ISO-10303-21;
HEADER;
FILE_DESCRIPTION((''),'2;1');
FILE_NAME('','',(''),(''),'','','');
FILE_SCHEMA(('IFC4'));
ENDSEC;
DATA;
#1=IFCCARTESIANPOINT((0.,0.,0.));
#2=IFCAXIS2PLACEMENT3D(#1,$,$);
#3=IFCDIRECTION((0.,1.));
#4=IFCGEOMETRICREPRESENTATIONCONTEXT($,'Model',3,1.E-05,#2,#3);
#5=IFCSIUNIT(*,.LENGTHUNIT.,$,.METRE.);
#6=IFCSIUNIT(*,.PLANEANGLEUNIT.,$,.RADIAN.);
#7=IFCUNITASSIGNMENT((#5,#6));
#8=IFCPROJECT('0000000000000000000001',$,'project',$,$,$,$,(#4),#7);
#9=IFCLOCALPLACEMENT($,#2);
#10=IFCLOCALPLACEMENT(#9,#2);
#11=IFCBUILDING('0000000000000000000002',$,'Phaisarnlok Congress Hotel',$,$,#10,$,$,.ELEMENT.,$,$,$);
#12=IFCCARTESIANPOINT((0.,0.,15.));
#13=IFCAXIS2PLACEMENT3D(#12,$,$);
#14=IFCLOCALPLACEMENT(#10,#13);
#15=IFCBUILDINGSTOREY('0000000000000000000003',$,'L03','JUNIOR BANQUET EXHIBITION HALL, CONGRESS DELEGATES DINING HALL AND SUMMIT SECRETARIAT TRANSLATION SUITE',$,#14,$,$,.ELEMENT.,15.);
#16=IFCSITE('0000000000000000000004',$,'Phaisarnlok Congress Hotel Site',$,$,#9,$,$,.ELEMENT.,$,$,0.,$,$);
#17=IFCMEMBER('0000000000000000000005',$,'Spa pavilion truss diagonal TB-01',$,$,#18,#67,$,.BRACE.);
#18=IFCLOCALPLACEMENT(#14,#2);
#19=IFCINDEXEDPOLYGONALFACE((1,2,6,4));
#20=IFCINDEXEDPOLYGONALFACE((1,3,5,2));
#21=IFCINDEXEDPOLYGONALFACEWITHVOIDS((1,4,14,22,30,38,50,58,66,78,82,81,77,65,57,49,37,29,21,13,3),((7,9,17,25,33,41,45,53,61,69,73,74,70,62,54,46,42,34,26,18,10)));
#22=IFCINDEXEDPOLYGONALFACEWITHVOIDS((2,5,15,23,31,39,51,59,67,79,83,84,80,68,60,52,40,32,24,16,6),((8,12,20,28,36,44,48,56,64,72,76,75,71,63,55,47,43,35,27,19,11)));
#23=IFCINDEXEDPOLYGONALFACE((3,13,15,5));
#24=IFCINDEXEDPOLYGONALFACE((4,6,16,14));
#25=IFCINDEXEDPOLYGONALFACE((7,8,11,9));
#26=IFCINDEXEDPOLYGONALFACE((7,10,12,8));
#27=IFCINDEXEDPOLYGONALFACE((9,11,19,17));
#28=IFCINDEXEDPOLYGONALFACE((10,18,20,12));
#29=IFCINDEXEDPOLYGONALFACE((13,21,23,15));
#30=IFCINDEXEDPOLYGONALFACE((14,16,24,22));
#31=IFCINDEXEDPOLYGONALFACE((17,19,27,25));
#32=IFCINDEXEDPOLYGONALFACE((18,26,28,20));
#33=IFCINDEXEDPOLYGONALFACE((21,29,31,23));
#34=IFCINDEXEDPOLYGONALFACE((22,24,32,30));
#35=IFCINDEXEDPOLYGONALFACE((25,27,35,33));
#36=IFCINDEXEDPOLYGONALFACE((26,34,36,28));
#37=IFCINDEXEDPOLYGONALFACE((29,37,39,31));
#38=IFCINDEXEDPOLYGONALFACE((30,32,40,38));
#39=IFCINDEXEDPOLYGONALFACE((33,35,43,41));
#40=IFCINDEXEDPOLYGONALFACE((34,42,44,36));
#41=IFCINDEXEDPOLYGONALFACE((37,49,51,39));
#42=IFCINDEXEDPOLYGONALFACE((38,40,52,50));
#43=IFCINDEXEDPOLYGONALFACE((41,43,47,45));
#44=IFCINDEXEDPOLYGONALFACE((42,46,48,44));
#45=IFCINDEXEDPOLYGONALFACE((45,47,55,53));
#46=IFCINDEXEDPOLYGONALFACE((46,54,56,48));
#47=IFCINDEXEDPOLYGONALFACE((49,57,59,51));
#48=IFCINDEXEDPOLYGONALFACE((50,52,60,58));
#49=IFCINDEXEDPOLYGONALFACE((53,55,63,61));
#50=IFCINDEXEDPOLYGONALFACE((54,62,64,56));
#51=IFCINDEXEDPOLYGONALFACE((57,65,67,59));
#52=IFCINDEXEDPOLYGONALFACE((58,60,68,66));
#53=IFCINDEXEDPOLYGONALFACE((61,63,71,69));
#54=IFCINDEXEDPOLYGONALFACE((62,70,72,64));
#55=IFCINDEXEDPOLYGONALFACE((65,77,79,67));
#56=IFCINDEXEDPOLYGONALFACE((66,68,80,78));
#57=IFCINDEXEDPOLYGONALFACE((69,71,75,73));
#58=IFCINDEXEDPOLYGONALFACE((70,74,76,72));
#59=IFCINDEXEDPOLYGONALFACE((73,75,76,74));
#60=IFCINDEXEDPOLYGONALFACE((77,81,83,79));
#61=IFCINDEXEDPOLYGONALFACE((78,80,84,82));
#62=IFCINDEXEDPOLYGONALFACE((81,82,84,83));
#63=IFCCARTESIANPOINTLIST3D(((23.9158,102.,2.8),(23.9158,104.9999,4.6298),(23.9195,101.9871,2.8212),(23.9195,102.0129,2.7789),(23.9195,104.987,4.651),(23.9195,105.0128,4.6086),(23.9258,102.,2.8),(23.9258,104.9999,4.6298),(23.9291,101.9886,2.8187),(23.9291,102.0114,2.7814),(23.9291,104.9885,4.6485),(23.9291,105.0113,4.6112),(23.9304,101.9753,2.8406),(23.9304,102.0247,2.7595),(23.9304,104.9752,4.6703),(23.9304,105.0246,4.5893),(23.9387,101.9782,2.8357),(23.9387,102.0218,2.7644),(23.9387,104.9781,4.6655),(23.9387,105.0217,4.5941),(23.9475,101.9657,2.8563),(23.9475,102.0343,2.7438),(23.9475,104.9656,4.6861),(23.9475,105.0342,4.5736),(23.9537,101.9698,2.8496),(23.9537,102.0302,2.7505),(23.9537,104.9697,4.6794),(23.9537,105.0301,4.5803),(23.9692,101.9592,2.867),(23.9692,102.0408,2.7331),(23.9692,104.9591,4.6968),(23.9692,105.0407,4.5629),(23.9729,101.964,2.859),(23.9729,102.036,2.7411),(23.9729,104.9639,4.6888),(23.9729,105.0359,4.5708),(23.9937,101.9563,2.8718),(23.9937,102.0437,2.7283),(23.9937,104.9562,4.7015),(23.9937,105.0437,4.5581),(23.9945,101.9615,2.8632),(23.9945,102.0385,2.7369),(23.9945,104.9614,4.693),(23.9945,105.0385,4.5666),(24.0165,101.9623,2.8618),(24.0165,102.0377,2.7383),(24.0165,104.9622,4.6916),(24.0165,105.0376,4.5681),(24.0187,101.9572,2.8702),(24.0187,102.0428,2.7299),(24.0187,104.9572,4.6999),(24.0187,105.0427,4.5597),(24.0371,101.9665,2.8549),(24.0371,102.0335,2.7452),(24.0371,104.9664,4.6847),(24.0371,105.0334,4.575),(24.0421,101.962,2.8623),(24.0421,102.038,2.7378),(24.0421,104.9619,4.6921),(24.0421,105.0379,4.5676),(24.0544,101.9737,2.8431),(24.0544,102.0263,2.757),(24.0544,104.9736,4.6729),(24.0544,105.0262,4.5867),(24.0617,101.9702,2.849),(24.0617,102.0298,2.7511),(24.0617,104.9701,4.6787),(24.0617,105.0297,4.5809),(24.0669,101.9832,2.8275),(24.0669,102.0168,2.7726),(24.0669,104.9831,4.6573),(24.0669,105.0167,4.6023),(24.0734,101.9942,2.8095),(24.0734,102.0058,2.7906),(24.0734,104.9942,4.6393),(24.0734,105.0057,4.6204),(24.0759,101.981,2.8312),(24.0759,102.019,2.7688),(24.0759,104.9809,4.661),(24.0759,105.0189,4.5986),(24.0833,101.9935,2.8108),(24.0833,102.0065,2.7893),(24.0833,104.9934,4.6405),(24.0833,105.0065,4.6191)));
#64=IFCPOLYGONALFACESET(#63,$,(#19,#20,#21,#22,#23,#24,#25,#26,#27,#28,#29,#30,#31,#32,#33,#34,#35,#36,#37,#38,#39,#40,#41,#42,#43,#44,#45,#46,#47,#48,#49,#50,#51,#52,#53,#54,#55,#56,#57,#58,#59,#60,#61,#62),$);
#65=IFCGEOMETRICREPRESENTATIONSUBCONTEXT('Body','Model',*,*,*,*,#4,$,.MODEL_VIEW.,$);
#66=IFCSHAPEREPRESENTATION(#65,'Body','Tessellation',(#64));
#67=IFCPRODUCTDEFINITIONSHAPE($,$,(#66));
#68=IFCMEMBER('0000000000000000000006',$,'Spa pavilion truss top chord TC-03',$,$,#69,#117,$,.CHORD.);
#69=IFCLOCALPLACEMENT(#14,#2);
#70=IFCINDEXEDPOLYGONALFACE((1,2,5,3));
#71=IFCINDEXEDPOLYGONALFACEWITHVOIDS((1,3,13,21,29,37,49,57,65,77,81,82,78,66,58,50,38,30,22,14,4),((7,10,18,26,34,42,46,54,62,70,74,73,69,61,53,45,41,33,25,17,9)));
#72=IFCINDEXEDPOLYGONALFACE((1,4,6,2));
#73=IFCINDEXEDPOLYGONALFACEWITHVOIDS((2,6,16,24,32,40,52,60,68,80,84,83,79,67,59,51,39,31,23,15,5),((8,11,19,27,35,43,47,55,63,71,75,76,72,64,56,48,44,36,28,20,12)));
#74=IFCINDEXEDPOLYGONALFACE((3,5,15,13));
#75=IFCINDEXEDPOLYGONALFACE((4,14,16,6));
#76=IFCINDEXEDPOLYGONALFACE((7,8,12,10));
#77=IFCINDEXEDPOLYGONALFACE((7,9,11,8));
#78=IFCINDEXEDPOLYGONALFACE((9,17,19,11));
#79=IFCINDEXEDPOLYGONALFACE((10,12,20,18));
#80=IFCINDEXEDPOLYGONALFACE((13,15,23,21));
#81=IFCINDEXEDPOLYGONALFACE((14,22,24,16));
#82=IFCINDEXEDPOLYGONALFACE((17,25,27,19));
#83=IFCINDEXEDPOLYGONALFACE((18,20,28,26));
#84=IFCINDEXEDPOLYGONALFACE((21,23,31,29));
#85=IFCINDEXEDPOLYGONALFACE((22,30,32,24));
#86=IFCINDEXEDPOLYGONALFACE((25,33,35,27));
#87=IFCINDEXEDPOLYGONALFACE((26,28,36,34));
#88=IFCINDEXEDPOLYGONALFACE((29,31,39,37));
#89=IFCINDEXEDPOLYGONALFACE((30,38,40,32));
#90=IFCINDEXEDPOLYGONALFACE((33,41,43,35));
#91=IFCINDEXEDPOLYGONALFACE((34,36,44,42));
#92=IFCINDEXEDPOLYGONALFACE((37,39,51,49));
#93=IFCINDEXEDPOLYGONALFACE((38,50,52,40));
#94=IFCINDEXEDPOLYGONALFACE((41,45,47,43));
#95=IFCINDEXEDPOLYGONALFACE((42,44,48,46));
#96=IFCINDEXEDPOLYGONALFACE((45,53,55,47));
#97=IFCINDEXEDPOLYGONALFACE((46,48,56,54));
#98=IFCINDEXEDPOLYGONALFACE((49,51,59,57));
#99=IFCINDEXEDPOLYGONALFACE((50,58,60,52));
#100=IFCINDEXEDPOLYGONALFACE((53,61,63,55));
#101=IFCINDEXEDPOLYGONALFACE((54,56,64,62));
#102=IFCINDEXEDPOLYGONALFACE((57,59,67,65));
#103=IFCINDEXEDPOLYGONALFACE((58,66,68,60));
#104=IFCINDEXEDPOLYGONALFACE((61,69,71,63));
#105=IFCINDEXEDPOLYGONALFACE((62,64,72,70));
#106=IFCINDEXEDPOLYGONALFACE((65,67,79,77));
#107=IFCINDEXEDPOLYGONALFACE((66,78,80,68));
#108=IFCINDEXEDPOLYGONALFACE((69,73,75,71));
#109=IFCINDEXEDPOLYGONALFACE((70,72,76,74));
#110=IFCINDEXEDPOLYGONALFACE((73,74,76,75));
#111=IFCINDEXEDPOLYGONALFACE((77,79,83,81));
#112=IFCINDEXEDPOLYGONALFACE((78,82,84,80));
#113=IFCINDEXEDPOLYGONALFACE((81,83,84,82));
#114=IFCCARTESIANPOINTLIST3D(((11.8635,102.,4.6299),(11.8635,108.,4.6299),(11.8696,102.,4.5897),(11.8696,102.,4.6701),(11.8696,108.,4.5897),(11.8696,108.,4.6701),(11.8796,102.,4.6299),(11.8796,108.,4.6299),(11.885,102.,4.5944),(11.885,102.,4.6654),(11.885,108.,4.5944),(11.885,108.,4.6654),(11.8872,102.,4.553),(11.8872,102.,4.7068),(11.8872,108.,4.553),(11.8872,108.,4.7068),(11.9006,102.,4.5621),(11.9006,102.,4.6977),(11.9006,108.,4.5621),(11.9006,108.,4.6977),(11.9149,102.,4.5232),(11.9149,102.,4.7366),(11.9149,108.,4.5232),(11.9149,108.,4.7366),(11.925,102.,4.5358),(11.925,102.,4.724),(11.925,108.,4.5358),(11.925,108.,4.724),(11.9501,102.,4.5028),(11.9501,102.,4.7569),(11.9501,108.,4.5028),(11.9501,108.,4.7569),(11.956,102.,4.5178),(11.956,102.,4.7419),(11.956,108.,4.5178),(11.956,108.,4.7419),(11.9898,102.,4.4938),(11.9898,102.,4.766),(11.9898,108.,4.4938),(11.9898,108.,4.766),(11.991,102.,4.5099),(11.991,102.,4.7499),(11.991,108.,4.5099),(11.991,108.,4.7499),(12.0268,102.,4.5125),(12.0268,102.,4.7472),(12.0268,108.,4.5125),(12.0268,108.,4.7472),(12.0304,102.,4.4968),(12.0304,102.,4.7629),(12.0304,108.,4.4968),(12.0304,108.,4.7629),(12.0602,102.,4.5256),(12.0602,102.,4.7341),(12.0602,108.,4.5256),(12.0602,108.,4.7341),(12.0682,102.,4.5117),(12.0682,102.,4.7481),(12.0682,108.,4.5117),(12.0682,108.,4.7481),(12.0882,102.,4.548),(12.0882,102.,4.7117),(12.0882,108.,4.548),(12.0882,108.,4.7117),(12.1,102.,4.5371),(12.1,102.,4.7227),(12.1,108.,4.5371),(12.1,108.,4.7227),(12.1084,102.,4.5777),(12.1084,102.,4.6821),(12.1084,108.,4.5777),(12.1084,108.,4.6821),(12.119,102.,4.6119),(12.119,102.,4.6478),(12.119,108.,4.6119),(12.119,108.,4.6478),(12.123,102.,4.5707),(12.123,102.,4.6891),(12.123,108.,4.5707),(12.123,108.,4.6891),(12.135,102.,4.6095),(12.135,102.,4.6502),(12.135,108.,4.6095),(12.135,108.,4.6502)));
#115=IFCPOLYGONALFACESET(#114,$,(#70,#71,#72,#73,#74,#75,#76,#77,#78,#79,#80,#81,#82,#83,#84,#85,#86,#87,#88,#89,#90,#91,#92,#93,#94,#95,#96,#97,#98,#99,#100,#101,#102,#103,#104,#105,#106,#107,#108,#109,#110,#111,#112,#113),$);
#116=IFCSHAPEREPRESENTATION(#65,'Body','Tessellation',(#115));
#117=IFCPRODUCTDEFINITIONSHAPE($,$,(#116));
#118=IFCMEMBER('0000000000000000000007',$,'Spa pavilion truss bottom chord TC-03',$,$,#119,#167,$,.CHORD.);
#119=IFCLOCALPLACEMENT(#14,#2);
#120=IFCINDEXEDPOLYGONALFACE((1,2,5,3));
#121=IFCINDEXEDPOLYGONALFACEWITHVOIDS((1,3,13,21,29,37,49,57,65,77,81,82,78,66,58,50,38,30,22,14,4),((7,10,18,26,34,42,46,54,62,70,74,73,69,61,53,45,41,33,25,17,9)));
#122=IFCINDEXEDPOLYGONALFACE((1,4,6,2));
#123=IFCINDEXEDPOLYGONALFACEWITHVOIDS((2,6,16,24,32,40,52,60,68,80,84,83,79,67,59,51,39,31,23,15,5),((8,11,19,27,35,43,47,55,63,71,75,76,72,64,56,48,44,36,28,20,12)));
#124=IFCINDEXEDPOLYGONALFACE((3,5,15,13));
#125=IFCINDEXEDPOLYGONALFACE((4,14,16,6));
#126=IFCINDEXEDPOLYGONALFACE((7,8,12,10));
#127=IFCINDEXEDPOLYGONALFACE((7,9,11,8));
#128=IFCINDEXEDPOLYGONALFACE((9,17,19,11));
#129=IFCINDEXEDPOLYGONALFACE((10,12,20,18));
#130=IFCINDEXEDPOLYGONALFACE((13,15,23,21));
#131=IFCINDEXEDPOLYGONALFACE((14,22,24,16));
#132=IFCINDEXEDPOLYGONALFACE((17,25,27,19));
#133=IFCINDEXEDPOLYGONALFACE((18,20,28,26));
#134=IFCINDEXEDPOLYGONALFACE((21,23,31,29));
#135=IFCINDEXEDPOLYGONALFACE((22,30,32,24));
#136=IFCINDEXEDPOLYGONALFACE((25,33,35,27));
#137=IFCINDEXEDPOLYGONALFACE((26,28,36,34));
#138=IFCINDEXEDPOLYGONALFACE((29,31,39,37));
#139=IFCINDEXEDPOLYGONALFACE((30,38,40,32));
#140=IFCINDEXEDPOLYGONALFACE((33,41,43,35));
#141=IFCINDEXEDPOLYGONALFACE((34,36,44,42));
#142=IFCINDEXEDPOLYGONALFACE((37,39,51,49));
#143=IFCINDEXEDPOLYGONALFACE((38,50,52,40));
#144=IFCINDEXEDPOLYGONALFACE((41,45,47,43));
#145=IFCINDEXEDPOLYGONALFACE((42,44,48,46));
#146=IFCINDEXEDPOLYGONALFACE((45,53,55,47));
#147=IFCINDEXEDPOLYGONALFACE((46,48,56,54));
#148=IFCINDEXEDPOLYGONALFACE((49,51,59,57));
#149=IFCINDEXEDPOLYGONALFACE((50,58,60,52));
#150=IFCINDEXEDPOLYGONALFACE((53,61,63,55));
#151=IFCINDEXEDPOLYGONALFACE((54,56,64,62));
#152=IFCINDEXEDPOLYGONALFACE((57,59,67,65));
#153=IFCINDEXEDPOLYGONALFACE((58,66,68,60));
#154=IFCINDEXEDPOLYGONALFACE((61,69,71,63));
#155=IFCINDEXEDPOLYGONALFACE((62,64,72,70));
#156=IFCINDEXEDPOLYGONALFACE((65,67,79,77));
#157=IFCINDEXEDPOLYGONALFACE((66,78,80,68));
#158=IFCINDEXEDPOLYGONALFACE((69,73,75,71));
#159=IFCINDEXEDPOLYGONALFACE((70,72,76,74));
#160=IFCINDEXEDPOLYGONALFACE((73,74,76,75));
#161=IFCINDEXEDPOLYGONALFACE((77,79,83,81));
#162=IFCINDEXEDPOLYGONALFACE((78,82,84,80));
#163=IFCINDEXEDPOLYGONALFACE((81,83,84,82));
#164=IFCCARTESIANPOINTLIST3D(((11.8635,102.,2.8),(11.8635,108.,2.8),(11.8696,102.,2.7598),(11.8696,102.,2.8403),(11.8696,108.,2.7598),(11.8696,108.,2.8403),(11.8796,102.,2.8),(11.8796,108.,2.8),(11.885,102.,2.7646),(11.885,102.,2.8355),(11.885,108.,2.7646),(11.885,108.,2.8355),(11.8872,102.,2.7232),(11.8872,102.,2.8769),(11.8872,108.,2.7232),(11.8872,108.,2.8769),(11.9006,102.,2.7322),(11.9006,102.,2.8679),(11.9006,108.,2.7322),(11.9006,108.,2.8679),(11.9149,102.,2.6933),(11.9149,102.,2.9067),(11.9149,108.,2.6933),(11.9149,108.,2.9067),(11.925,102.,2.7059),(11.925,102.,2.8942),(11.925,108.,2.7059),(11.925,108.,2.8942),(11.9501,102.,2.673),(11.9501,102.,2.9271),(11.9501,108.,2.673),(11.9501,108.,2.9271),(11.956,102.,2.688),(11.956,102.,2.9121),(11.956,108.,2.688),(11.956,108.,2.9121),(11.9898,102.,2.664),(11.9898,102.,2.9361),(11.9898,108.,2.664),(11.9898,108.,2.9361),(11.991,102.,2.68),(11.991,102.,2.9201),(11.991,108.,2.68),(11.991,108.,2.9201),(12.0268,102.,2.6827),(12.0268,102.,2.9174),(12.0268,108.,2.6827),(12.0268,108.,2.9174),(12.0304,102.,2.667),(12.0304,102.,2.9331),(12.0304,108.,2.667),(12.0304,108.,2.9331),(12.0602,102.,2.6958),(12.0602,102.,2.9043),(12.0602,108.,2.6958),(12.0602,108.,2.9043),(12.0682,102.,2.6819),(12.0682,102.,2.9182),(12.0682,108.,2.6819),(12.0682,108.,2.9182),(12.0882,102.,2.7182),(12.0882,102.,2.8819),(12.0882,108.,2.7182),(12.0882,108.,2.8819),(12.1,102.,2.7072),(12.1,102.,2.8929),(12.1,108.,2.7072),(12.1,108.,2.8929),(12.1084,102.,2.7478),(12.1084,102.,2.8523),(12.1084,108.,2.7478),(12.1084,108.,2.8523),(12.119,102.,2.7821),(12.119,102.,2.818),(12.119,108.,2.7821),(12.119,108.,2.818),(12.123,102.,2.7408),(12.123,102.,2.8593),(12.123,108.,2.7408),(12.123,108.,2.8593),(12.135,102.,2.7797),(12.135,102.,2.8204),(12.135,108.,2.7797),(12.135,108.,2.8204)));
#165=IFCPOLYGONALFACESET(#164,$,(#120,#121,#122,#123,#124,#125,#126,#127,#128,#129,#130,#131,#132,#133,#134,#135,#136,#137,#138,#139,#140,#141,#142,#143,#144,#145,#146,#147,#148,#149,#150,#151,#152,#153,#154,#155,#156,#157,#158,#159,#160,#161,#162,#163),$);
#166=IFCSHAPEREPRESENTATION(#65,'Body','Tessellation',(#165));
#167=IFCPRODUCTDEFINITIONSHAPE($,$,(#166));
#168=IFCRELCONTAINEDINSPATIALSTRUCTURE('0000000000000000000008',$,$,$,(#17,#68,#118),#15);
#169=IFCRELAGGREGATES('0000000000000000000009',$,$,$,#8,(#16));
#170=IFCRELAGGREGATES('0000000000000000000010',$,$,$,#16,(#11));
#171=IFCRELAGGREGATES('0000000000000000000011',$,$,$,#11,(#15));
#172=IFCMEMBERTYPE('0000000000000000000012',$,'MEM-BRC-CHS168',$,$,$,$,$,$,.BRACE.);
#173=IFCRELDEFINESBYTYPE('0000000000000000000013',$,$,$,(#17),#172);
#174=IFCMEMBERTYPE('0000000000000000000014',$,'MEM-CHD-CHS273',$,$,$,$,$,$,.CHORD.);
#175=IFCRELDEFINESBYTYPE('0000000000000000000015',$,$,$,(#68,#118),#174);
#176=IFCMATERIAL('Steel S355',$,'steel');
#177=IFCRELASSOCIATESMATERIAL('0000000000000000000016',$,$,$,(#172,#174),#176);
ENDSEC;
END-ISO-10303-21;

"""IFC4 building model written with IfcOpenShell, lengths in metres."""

from ifc_helpers import new_model, si_unit, direction, frame, origin, origin_2d, place, context, subcontext, project, spatial, hollow_circle, extrude, material, material_profile, profile_set, type_object, element, save


model = new_model("IFC4")

# Units and contexts
model_context = context("Model", 3, precision=1e-05, world=origin(), true_north=direction((0.0, 1.0)))
body_context = subcontext(model_context, "Body", "Model", "MODEL_VIEW")
ifc_project = project(units=[si_unit("LENGTHUNIT", "METRE"), si_unit("PLANEANGLEUNIT", "RADIAN")], contexts=[model_context])

# Site, building, storey
site_placement = place(None, origin())
site = spatial("IfcSite", under=ifc_project, at=site_placement, Name="Phaisarnlok Congress Hotel Site", CompositionType="ELEMENT", RefElevation=0.0)
building_placement = place(site_placement, origin())
building = spatial("IfcBuilding", under=site, at=building_placement, Name="Phaisarnlok Congress Hotel", CompositionType="ELEMENT")
storey_placement = place(building_placement, frame((0.0, 0.0, 15.0)))
storey = spatial("IfcBuildingStorey", under=building, at=storey_placement, Name="L03", Description="JUNIOR BANQUET EXHIBITION HALL, CONGRESS DELEGATES DINING HALL AND SUMMIT SECRETARIAT TRANSLATION SUITE", CompositionType="ELEMENT", Elevation=15.0)

# Members
ifc_material = material(Name="Steel S355", Category="steel")
ifc_material_profile_1 = material_profile(ifc_material, hollow_circle(Radius=0.0842, WallThickness=0.01, at=origin_2d()), Name="CHS 168.3x10")
ifc_profile_set_1 = profile_set([ifc_material_profile_1], Name="Steel S355")
member_type_1 = type_object("IfcMemberType", Name="MEM-BRC-CHS168", PredefinedType="BRACE", material=ifc_profile_set_1)
member_1_placement = place(storey_placement, frame((24.0, 102.0, 2.8), z_axis=(0.0, 0.853725, 0.520725), x_axis=(-1.0, 0.0, 0.0)))
element("IfcMember", 1, at=member_1_placement, inside=storey, type_object=member_type_1, Name="Spa pavilion truss diagonal TB-01", PredefinedType="BRACE", context=body_context, shape_type="SweptSolid", body=[
    extrude(hollow_circle(Radius=0.0842, WallThickness=0.01, at=origin_2d()), origin(), (0.0, 0.0, 1.0), 3.5139),
])
ifc_material_profile_2 = material_profile(ifc_material, hollow_circle(Radius=0.1365, WallThickness=0.0161, at=origin_2d()), Name="CHS 273x16")
ifc_profile_set_2 = profile_set([ifc_material_profile_2], Name="Steel S355")
member_type_2 = type_object("IfcMemberType", Name="MEM-CHD-CHS273", PredefinedType="CHORD", material=ifc_profile_set_2)
for number, where, z_axis, x_axis, name in (
    (2, (12.0, 102.0, 4.6299), (0.0, 1.0, 0.0), (-1.0, 0.0, 0.0), "Spa pavilion truss top chord TC-03"),
    (3, (12.0, 102.0, 2.8), (0.0, 1.0, 0.0), (-1.0, 0.0, 0.0), "Spa pavilion truss bottom chord TC-03"),
):
    element("IfcMember", number, at=place(storey_placement, frame(where, z_axis=z_axis, x_axis=x_axis)), inside=storey, type_object=member_type_2, Name=name, PredefinedType="CHORD", context=body_context, shape_type="SweptSolid", body=[
        extrude(hollow_circle(Radius=0.1365, WallThickness=0.0161, at=origin_2d()), origin(), (0.0, 0.0, 1.0), 6.0),
    ])

save(model, "model.ifc")
